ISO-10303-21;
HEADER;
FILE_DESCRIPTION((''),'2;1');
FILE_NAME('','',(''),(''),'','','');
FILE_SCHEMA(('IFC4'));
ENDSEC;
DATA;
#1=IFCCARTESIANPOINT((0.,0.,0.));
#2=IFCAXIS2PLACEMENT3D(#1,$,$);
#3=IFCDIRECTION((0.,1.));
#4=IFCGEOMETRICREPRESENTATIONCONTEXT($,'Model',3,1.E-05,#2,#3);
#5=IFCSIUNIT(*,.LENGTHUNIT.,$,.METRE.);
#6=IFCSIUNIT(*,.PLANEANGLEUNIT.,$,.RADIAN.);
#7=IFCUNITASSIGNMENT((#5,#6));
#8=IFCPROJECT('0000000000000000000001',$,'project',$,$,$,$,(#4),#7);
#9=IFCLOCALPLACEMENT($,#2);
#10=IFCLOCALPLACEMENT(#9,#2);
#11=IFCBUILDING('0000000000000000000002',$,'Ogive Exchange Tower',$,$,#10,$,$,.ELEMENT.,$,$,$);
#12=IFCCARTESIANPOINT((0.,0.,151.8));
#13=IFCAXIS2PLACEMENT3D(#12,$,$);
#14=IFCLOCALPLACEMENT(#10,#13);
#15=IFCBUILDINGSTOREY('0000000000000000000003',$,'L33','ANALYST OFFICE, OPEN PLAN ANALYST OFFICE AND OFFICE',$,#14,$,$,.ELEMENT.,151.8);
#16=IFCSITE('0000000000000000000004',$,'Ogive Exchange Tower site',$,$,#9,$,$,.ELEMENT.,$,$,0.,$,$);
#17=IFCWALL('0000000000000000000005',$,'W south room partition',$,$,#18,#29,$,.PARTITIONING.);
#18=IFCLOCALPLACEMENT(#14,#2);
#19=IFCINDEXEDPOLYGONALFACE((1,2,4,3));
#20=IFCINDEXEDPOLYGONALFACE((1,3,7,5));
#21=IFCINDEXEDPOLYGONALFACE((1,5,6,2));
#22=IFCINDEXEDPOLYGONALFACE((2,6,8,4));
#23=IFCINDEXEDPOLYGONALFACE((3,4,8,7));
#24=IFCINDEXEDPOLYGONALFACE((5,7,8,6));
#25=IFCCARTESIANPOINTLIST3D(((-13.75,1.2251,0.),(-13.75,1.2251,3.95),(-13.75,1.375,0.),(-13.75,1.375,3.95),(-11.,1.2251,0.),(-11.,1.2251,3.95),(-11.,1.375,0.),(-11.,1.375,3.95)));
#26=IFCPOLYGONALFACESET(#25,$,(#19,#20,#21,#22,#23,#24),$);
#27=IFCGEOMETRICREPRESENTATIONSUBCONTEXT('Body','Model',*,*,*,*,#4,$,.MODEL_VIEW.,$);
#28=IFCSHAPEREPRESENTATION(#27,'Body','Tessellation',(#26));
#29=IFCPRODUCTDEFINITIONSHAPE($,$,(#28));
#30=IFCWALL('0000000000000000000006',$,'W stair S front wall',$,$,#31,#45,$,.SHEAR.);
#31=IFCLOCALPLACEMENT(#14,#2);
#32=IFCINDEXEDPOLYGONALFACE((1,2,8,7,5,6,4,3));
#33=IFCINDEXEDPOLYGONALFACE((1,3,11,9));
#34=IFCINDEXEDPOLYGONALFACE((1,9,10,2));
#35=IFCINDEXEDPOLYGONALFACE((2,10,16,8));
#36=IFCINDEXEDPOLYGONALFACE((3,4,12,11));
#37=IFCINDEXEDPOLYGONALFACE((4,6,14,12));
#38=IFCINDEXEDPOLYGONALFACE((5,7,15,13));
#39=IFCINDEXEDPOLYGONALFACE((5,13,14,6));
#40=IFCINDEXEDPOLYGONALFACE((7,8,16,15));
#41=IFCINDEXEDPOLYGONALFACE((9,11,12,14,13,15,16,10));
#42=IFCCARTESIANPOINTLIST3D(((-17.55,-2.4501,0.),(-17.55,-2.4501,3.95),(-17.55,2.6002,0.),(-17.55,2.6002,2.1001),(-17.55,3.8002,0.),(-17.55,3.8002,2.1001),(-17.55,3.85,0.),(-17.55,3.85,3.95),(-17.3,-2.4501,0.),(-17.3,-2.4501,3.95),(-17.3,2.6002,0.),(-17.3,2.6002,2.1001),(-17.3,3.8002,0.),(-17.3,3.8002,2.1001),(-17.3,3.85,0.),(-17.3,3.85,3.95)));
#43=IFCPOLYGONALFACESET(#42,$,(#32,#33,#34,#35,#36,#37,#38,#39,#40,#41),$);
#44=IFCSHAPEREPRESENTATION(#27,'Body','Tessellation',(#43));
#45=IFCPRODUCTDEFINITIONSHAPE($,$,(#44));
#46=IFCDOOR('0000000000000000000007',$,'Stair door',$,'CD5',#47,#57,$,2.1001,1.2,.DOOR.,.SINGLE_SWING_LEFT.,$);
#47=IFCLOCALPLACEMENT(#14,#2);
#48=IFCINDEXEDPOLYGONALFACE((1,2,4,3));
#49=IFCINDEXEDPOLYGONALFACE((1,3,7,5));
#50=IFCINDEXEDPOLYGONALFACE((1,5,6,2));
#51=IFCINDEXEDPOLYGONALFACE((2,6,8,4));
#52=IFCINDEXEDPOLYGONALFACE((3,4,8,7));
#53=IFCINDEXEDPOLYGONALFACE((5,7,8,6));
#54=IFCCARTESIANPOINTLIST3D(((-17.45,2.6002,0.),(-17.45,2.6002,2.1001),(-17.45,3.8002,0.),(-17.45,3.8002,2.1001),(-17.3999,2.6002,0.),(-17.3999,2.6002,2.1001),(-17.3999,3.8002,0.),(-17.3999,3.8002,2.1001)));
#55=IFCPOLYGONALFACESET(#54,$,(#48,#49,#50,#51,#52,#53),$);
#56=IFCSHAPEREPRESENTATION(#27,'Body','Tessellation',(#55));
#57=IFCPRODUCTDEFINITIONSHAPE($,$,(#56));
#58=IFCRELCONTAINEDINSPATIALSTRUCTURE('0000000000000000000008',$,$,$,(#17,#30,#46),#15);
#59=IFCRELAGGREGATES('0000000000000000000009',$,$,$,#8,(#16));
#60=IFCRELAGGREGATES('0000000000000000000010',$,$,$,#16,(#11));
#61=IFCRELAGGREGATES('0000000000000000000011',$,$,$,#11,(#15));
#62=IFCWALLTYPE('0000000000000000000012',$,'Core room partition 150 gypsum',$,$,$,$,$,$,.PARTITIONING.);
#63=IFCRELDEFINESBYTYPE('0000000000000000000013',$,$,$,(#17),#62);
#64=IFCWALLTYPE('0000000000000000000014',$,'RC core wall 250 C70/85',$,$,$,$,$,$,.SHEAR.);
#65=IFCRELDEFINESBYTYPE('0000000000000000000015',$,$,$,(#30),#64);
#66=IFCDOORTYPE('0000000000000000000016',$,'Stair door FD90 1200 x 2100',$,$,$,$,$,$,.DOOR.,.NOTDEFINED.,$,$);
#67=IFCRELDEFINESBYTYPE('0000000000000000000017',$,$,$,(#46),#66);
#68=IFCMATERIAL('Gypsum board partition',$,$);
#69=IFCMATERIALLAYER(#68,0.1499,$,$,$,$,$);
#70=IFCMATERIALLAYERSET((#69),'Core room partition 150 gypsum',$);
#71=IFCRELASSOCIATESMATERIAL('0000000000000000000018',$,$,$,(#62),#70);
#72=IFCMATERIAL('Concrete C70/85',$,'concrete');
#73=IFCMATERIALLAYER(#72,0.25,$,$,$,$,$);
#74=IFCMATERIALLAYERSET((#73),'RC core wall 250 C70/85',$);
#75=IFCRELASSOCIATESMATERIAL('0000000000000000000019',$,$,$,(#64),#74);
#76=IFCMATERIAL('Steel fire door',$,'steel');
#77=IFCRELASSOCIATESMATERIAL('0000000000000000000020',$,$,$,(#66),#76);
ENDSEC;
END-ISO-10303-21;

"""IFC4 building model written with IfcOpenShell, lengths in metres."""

from ifc_helpers import new_model, si_unit, direction, frame, frame_2d, origin, place, context, subcontext, project, spatial, rectangle, extrude, material, layer, layer_set, type_object, element, fill, save


model = new_model("IFC4")

# Units and contexts
model_context = context("Model", 3, precision=1e-05, world=origin(), true_north=direction((0.0, 1.0)))
body_context = subcontext(model_context, "Body", "Model", "MODEL_VIEW")
ifc_project = project(units=[si_unit("LENGTHUNIT", "METRE"), si_unit("PLANEANGLEUNIT", "RADIAN")], contexts=[model_context])

# Site, building, storey
site_placement = place(None, origin())
site = spatial("IfcSite", under=ifc_project, at=site_placement, Name="Ogive Exchange Tower site", CompositionType="ELEMENT", RefElevation=0.0)
building_placement = place(site_placement, origin())
building = spatial("IfcBuilding", under=site, at=building_placement, Name="Ogive Exchange Tower", CompositionType="ELEMENT")
storey_placement = place(building_placement, frame((0.0, 0.0, 151.8)))
storey = spatial("IfcBuildingStorey", under=building, at=storey_placement, Name="L33", Description="ANALYST OFFICE, OPEN PLAN ANALYST OFFICE AND OFFICE", CompositionType="ELEMENT", Elevation=151.8)

# Wall
ifc_material_1 = material(Name="Gypsum board partition")
ifc_layer_1 = layer(ifc_material_1, 0.1499)
ifc_layer_set_1 = layer_set([ifc_layer_1], Name="Core room partition 150 gypsum")
wall_type_1 = type_object("IfcWallType", Name="Core room partition 150 gypsum", PredefinedType="PARTITIONING", material=ifc_layer_set_1)
wall_1_placement = place(storey_placement, frame((-13.75, 1.3, 0.0), z_axis=(0.0, 0.0, 1.0), x_axis=(1.0, 0.0, 0.0)))
element("IfcWall", 1, at=wall_1_placement, inside=storey, type_object=wall_type_1, Name="W south room partition", PredefinedType="PARTITIONING", context=body_context, shape_type="SweptSolid", body=[
    extrude(rectangle(XDim=2.75, YDim=0.1499, at=frame_2d((1.375, 0.0))), origin(), (0.0, 0.0, 1.0), 3.95),
])

# Wall, opening, door
ifc_material_2 = material(Name="Concrete C70/85", Category="concrete")
ifc_layer_2 = layer(ifc_material_2, 0.25)
ifc_layer_set_2 = layer_set([ifc_layer_2], Name="RC core wall 250 C70/85")
wall_type_2 = type_object("IfcWallType", Name="RC core wall 250 C70/85", PredefinedType="SHEAR", material=ifc_layer_set_2)
wall_2_placement = place(storey_placement, frame((-17.425, -2.45, 0.0), z_axis=(0.0, 0.0, 1.0), x_axis=(0.0, 1.0, 0.0)))
wall_2 = element("IfcWall", 2, at=wall_2_placement, inside=storey, type_object=wall_type_2, Name="W stair S front wall", PredefinedType="SHEAR", context=body_context, shape_type="SweptSolid", body=[
    extrude(rectangle(XDim=6.3, YDim=0.25, at=frame_2d((3.1499, 0.0))), origin(), (0.0, 0.0, 1.0), 3.95),
])
opening_1_placement = place(wall_2_placement, frame((5.05, 0.0, 0.0)))
opening_1 = element("IfcOpeningElement", 3, at=opening_1_placement, cuts=wall_2, PredefinedType="OPENING", context=body_context, shape_type="SweptSolid", body=[
    extrude(rectangle(XDim=1.2, YDim=2.1001, at=frame_2d((0.6001, 1.05))), frame((0.0, 0.135, 0.0), z_axis=(0.0, -1.0, 0.0), x_axis=(1.0, 0.0, 0.0)), (0.0, 0.0, 1.0), 0.27),
])
ifc_material_3 = material(Name="Steel fire door", Category="steel")
door_type_1 = type_object("IfcDoorType", Name="Stair door FD90 1200 x 2100", OperationType="NOTDEFINED", PredefinedType="DOOR", material=ifc_material_3)
door_1_placement = place(opening_1_placement, origin())
door_1 = element("IfcDoor", 4, at=door_1_placement, inside=storey, type_object=door_type_1, Name="Stair door", ObjectType="CD5", OperationType="SINGLE_SWING_LEFT", OverallHeight=2.1001, OverallWidth=1.2, PredefinedType="DOOR", context=body_context, shape_type="SweptSolid", body=[
    extrude(rectangle(XDim=1.2, YDim=2.1001, at=frame_2d((0.6001, 1.05))), frame((0.0, 0.0249, 0.0), z_axis=(0.0, -1.0, 0.0), x_axis=(1.0, 0.0, 0.0)), (0.0, 0.0, 1.0), 0.05),
])
fill(opening_1, door_1)

save(model, "model.ifc")
